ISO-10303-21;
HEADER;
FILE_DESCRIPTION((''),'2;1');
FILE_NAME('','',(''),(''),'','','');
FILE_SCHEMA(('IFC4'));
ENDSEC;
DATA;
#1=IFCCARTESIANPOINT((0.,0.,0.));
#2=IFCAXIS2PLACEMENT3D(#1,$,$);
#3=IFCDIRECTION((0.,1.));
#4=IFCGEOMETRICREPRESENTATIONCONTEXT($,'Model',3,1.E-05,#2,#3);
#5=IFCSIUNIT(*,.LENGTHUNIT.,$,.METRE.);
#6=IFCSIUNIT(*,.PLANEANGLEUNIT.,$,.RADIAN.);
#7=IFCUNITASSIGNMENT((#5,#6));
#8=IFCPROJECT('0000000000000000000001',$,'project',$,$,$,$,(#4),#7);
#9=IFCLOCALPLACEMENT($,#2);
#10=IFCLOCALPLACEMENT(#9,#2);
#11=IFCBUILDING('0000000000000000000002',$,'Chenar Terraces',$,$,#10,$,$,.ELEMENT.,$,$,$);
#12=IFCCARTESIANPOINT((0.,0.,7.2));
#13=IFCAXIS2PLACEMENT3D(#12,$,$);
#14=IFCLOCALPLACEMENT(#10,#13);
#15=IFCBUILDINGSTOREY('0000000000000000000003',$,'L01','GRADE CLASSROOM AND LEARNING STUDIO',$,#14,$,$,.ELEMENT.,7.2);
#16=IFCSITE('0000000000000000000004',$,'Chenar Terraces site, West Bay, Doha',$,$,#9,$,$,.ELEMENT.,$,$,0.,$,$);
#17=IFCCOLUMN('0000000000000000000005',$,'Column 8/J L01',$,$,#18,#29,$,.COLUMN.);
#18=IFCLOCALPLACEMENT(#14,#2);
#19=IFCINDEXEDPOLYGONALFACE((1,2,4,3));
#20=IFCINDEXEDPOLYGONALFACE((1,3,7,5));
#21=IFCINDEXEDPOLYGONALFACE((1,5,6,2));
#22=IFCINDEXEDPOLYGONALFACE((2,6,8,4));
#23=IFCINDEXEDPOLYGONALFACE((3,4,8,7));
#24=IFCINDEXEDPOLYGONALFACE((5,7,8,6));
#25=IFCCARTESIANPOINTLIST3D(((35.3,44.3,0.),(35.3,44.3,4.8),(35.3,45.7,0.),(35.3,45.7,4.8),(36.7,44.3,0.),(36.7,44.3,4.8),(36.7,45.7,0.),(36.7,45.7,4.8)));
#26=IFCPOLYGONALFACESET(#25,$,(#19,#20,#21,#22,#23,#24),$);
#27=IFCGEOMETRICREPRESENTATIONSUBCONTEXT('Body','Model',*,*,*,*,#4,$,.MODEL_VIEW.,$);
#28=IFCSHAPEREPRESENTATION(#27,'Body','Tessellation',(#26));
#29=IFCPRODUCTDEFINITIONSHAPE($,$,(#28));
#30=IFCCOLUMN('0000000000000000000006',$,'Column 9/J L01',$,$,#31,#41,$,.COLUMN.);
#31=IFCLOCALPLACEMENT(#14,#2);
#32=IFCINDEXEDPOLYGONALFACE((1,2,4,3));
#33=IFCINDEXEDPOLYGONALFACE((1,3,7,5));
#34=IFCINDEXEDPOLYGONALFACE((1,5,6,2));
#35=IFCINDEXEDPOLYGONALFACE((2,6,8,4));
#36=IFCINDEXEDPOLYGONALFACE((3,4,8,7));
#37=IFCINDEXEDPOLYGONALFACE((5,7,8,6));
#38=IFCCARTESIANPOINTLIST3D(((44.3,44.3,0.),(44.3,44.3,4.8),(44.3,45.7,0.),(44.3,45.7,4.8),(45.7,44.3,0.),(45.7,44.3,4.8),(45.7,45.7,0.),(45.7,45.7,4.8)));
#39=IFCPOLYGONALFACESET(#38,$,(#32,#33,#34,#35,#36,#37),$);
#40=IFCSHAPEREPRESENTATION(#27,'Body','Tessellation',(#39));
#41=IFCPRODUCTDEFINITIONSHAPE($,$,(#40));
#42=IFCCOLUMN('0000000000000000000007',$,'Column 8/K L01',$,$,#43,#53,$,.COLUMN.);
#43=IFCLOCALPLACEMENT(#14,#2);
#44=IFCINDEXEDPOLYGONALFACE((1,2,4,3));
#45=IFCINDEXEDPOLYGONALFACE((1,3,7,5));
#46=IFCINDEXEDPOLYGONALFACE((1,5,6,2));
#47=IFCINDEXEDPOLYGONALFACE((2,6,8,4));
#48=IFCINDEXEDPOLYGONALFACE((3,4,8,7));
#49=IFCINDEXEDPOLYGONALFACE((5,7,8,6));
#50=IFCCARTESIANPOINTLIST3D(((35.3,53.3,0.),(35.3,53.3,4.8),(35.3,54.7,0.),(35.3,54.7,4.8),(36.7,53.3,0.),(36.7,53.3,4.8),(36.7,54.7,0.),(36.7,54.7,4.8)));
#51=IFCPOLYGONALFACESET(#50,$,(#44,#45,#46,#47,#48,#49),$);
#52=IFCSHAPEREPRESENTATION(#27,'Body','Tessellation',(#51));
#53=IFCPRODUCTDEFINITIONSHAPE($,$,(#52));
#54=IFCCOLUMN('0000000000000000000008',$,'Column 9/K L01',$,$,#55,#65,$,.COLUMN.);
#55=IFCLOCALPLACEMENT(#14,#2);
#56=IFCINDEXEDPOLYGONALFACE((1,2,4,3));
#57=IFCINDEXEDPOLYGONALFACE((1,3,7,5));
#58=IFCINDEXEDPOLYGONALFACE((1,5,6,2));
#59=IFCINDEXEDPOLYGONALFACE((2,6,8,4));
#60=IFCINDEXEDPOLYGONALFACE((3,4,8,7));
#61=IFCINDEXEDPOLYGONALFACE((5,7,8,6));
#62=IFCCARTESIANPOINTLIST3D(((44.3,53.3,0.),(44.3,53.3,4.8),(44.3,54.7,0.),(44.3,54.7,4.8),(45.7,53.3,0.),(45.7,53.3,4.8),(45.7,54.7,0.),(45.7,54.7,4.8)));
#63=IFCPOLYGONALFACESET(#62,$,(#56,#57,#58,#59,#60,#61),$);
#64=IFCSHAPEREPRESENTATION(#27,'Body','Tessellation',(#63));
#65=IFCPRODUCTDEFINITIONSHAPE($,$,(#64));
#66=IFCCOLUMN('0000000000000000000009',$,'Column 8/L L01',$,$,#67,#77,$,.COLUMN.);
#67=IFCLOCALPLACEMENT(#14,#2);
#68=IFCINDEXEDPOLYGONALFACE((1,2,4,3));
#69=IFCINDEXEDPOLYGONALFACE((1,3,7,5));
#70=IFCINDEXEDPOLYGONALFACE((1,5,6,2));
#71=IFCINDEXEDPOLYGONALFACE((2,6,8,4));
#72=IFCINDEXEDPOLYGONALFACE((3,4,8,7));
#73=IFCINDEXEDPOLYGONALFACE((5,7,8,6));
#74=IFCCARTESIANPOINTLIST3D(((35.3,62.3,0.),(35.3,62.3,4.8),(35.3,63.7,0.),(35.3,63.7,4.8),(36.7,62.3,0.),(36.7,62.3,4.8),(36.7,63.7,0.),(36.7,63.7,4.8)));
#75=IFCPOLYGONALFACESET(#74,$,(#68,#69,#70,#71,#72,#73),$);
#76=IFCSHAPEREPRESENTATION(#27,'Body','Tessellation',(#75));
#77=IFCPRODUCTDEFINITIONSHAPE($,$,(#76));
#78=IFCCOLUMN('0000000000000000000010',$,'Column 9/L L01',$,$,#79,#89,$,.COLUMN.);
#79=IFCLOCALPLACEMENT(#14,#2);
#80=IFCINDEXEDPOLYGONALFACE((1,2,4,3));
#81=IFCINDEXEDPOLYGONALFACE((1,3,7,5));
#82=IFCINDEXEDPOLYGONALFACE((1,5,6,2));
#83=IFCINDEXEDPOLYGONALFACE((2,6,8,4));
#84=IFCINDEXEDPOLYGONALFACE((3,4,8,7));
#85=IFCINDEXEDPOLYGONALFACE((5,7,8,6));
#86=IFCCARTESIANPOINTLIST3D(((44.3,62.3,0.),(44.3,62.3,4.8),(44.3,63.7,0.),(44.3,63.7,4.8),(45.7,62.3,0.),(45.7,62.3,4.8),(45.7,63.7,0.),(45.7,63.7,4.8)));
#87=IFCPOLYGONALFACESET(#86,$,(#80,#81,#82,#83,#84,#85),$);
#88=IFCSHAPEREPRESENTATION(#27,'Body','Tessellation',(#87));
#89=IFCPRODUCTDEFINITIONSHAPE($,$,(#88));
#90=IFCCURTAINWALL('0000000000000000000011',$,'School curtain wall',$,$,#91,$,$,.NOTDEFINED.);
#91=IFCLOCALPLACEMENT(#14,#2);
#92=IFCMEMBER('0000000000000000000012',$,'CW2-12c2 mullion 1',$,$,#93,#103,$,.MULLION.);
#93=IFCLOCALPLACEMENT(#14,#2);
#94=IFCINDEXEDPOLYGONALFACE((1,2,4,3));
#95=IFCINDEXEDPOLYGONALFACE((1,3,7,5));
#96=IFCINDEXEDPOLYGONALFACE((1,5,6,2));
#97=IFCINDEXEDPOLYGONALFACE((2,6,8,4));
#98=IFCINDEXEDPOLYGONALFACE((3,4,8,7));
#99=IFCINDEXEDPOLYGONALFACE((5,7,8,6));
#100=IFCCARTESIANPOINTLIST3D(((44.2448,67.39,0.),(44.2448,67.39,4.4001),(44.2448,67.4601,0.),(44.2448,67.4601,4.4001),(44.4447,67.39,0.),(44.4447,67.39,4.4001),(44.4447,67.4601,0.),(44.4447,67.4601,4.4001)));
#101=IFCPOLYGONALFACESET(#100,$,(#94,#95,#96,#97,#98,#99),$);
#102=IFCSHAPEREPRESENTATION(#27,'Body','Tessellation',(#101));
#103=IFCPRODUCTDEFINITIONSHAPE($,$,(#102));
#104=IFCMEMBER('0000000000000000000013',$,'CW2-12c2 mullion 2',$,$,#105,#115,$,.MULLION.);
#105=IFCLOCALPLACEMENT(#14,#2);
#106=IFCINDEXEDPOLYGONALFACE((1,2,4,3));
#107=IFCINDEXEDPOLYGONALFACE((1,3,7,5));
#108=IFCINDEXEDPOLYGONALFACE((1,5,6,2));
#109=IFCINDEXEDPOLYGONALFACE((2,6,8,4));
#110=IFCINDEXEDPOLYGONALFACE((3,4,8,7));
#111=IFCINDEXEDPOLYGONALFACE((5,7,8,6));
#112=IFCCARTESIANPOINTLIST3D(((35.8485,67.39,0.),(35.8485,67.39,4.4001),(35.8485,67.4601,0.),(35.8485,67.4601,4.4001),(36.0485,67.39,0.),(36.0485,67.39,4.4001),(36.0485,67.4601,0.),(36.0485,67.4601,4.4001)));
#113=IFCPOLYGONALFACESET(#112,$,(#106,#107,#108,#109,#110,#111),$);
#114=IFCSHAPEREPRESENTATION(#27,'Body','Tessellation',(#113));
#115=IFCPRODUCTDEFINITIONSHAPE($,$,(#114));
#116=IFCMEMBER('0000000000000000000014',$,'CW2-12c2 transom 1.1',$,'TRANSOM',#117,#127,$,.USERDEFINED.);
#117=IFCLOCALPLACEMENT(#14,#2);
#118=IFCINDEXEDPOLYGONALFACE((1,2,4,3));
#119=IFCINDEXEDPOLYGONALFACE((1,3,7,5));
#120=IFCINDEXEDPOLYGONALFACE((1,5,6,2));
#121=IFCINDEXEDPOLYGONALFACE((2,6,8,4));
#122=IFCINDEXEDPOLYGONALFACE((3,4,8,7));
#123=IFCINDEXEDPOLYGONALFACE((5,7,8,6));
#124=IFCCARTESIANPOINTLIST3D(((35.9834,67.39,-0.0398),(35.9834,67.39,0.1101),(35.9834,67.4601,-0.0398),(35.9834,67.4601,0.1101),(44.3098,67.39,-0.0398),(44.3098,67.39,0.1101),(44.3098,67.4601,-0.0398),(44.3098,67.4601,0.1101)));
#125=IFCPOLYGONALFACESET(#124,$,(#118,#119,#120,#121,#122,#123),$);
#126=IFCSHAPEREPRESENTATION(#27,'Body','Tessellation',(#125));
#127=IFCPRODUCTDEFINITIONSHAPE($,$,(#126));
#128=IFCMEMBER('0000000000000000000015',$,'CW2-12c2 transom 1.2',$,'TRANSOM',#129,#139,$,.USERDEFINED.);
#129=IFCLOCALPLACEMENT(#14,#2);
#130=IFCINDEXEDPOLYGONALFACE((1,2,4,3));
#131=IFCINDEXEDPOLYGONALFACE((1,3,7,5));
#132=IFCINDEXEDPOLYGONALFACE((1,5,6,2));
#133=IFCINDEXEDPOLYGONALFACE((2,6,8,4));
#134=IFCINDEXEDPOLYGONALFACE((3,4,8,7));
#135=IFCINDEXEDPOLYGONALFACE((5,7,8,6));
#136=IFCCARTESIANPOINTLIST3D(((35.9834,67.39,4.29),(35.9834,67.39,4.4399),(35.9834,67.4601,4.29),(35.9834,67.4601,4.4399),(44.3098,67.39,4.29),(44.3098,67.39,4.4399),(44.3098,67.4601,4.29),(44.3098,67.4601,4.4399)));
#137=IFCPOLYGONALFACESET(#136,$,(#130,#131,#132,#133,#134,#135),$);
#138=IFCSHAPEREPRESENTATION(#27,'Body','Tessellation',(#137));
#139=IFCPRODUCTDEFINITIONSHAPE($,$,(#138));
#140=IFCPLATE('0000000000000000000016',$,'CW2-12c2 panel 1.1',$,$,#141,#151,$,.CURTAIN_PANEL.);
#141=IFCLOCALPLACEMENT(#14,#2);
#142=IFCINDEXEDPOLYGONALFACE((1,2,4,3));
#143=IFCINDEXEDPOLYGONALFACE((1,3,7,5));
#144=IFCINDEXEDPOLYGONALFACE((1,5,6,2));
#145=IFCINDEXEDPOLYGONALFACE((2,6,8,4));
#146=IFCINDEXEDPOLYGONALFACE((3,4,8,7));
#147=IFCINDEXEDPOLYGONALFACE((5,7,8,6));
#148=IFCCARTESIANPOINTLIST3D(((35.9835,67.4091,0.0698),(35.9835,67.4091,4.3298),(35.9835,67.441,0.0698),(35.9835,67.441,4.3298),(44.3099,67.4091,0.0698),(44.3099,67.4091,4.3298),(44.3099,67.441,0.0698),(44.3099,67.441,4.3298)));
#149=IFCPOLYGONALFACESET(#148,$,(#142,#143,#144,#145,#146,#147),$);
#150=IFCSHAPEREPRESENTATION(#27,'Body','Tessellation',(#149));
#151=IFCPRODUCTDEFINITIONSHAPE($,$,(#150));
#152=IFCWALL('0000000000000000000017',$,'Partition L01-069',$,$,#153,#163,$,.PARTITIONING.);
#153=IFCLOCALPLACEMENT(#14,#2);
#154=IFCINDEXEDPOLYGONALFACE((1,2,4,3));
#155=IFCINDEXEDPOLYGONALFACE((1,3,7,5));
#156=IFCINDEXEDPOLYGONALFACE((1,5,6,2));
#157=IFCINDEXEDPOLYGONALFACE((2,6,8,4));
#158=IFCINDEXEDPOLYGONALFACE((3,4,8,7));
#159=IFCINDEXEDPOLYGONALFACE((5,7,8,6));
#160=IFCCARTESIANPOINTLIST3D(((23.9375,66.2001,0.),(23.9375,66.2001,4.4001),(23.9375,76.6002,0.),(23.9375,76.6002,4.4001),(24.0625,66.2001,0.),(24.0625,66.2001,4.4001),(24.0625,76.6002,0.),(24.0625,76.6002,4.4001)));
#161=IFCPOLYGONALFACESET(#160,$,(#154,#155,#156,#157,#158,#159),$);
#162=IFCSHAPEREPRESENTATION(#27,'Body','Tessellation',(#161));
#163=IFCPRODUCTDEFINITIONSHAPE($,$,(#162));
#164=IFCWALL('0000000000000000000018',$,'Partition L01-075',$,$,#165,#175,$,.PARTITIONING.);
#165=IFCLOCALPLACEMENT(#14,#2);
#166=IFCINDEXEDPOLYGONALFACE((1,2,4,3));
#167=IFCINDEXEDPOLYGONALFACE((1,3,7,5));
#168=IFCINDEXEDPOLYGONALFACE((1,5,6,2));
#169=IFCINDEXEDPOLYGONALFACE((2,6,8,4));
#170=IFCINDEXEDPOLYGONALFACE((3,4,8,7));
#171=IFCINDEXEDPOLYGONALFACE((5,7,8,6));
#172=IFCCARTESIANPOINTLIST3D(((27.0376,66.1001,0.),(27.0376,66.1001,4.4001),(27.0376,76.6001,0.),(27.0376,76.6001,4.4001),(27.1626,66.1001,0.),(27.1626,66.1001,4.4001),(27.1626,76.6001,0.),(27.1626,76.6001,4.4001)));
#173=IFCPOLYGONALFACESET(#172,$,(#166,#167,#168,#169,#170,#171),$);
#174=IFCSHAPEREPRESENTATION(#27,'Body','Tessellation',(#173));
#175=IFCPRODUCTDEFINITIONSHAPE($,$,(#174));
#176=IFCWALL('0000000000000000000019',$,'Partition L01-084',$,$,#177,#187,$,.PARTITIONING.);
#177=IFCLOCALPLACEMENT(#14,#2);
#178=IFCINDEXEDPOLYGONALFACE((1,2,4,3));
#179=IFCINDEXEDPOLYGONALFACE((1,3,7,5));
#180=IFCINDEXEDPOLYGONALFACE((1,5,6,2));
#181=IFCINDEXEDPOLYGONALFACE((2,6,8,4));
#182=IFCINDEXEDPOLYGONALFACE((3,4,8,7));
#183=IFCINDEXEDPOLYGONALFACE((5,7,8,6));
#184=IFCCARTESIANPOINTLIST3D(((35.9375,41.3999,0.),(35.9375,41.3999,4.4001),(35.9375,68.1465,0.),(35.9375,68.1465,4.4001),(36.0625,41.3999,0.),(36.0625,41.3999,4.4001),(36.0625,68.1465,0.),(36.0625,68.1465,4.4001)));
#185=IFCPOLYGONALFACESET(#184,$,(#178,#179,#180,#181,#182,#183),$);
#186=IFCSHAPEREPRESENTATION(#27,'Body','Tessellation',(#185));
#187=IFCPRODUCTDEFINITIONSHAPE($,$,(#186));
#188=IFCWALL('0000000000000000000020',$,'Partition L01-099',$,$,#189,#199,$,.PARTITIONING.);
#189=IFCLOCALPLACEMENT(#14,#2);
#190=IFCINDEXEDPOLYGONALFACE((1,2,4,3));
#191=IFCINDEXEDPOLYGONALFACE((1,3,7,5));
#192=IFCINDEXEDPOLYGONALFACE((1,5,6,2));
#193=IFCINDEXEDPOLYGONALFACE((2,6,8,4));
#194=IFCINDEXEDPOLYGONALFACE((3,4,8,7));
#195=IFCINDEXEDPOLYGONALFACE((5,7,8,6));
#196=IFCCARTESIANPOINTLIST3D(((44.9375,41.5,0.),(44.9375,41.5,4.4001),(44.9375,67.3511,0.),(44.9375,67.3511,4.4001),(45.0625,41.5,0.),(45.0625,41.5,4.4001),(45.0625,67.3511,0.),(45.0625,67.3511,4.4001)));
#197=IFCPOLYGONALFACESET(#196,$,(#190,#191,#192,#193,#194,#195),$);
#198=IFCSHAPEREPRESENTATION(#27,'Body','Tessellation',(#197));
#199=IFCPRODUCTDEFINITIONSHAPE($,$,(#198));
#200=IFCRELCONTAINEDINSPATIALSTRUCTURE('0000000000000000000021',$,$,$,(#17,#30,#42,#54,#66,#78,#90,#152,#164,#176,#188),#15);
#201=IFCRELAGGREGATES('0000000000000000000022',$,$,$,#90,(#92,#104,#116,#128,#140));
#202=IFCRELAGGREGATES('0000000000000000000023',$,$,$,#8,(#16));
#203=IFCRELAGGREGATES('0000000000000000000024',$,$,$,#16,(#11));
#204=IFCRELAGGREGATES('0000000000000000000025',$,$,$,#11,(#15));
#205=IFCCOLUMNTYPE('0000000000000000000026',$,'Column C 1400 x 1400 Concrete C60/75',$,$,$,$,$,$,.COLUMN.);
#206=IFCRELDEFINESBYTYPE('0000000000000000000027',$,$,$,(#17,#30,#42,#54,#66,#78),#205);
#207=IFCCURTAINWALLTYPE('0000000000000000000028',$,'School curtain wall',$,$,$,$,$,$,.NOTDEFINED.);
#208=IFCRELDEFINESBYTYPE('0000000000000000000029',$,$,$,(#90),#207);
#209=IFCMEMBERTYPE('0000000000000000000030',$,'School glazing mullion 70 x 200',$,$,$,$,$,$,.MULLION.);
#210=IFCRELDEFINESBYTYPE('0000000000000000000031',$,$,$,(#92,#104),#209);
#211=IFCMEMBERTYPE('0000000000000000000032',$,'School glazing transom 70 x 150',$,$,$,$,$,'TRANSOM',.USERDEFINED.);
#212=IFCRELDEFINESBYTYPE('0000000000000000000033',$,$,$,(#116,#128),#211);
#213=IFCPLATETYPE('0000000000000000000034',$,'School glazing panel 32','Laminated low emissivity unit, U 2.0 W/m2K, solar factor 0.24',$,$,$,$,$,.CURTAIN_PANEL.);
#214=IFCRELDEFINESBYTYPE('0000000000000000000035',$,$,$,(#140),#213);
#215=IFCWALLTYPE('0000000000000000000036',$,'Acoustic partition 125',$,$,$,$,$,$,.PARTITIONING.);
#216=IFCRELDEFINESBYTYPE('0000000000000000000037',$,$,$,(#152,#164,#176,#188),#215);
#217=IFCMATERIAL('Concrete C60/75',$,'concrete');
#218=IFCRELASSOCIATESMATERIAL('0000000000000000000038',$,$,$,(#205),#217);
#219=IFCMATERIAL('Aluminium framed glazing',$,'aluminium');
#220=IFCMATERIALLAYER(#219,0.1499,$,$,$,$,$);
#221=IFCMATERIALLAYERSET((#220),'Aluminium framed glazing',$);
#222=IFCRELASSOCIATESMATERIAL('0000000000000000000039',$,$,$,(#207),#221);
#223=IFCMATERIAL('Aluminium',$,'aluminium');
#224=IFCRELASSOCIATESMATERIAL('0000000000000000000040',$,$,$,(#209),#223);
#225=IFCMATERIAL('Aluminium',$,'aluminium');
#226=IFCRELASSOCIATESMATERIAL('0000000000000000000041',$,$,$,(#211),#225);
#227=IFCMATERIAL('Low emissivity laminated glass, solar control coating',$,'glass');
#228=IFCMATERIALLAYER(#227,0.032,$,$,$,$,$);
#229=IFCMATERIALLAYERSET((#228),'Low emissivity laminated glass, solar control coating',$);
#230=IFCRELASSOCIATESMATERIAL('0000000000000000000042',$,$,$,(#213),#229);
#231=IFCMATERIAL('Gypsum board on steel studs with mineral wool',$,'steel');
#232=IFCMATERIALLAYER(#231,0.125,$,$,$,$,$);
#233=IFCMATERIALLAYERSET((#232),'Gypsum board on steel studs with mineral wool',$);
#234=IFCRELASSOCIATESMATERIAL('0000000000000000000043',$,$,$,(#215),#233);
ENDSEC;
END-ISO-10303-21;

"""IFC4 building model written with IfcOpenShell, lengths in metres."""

from ifc_helpers import new_model, si_unit, direction, frame, frame_2d, origin, origin_2d, place, context, subcontext, project, spatial, rectangle, extrude, material, layer, layer_set, material_profile, profile_set, type_object, element, aggregate, save


model = new_model("IFC4")

# Units and contexts
model_context = context("Model", 3, precision=1e-05, world=origin(), true_north=direction((0.0, 1.0)))
body_context = subcontext(model_context, "Body", "Model", "MODEL_VIEW")
ifc_project = project(units=[si_unit("LENGTHUNIT", "METRE"), si_unit("PLANEANGLEUNIT", "RADIAN")], contexts=[model_context])

# Site, building, storey
site_placement = place(None, origin())
site = spatial("IfcSite", under=ifc_project, at=site_placement, Name="Chenar Terraces site, West Bay, Doha", CompositionType="ELEMENT", RefElevation=0.0)
building_placement = place(site_placement, origin())
building = spatial("IfcBuilding", under=site, at=building_placement, Name="Chenar Terraces", CompositionType="ELEMENT")
storey_placement = place(building_placement, frame((0.0, 0.0, 7.2)))
storey = spatial("IfcBuildingStorey", under=building, at=storey_placement, Name="L01", Description="GRADE CLASSROOM AND LEARNING STUDIO", CompositionType="ELEMENT", Elevation=7.2)

# Columns
ifc_material_1 = material(Name="Concrete C60/75", Category="concrete")
ifc_material_profile_1 = material_profile(ifc_material_1, rectangle(XDim=1.3999, YDim=1.3999, at=origin_2d()), Name="C 1400 x 1400")
ifc_profile_set_1 = profile_set([ifc_material_profile_1], Name="Concrete C60/75")
column_type = type_object("IfcColumnType", Name="Column C 1400 x 1400 Concrete C60/75", PredefinedType="COLUMN", material=ifc_profile_set_1)
for number, where, z_axis, x_axis, name in (
    (1, (36.0, 45.0, 0.0), (0.0, 0.0, 1.0), (1.0, 0.0, 0.0), "Column 8/J L01"),
    (2, (45.0, 45.0, 0.0), (0.0, 0.0, 1.0), (1.0, 0.0, 0.0), "Column 9/J L01"),
    (3, (36.0, 54.0, 0.0), (0.0, 0.0, 1.0), (1.0, 0.0, 0.0), "Column 8/K L01"),
    (4, (45.0, 54.0, 0.0), (0.0, 0.0, 1.0), (1.0, 0.0, 0.0), "Column 9/K L01"),
    (5, (36.0, 63.0, 0.0), (0.0, 0.0, 1.0), (1.0, 0.0, 0.0), "Column 8/L L01"),
    (6, (45.0, 63.0, 0.0), (0.0, 0.0, 1.0), (1.0, 0.0, 0.0), "Column 9/L L01"),
):
    element("IfcColumn", number, at=place(storey_placement, frame(where, z_axis=z_axis, x_axis=x_axis)), inside=storey, type_object=column_type, Name=name, PredefinedType="COLUMN", context=body_context, shape_type="SweptSolid", body=[
        extrude(rectangle(XDim=1.3999, YDim=1.3999, at=origin_2d()), origin(), (0.0, 0.0, 1.0), 4.8),
    ])

# Curtain wall, members, plate
ifc_material_2 = material(Name="Aluminium framed glazing", Category="aluminium")
ifc_layer_1 = layer(ifc_material_2, 0.1499)
ifc_layer_set_1 = layer_set([ifc_layer_1], Name="Aluminium framed glazing")
curtain_wall_type = type_object("IfcCurtainWallType", Name="School curtain wall", PredefinedType="NOTDEFINED", material=ifc_layer_set_1)
curtain_wall_placement = place(storey_placement, origin())
curtain_wall = element("IfcCurtainWall", 7, at=curtain_wall_placement, inside=storey, type_object=curtain_wall_type, Name="School curtain wall", PredefinedType="NOTDEFINED")
ifc_material_3 = material(Name="Aluminium", Category="aluminium")
ifc_material_profile_2 = material_profile(ifc_material_3, rectangle(XDim=0.0701, YDim=0.2, at=origin_2d()), Name="School glazing mullion 70 x 200")
ifc_profile_set_2 = profile_set([ifc_material_profile_2], Name="Aluminium")
member_type_1 = type_object("IfcMemberType", Name="School glazing mullion 70 x 200", PredefinedType="MULLION", material=ifc_profile_set_2)
member_1_placement = place(storey_placement, frame((44.3447, 67.425, 0.0), z_axis=(0.0, 0.0, 1.0), x_axis=(0.0, -1.0, 0.0)))
member_1 = element("IfcMember", 8, at=member_1_placement, type_object=member_type_1, Name="CW2-12c2 mullion 1", PredefinedType="MULLION", context=body_context, shape_type="SweptSolid", body=[
    extrude(rectangle(XDim=0.0701, YDim=0.2, at=origin_2d()), origin(), (0.0, 0.0, 1.0), 4.4001),
])
member_2_placement = place(storey_placement, frame((35.9485, 67.425, 0.0), z_axis=(0.0, 0.0, 1.0), x_axis=(0.0, -1.0, 0.0)))
member_2 = element("IfcMember", 9, at=member_2_placement, type_object=member_type_1, Name="CW2-12c2 mullion 2", PredefinedType="MULLION", context=body_context, shape_type="SweptSolid", body=[
    extrude(rectangle(XDim=0.0701, YDim=0.2, at=origin_2d()), origin(), (0.0, 0.0, 1.0), 4.4001),
])
ifc_material_4 = material(Name="Aluminium", Category="aluminium")
ifc_material_profile_3 = material_profile(ifc_material_4, rectangle(XDim=0.0701, YDim=0.1499, at=origin_2d()), Name="School glazing transom 70 x 150")
ifc_profile_set_3 = profile_set([ifc_material_profile_3], Name="Aluminium")
member_type_2 = type_object("IfcMemberType", Name="School glazing transom 70 x 150", ElementType="TRANSOM", PredefinedType="USERDEFINED", material=ifc_profile_set_3)
member_3_placement = place(storey_placement, frame((44.3098, 67.425, 0.0352), z_axis=(-1.0, 0.0, 0.0), x_axis=(0.0, -1.0, 0.0)))
member_3 = element("IfcMember", 10, at=member_3_placement, type_object=member_type_2, Name="CW2-12c2 transom 1.1", ObjectType="TRANSOM", PredefinedType="USERDEFINED", context=body_context, shape_type="SweptSolid", body=[
    extrude(rectangle(XDim=0.0701, YDim=0.1499, at=origin_2d()), origin(), (0.0, 0.0, 1.0), 8.3264),
])
member_4_placement = place(storey_placement, frame((44.3098, 67.425, 4.365), z_axis=(-1.0, 0.0, 0.0), x_axis=(0.0, -1.0, 0.0)))
member_4 = element("IfcMember", 11, at=member_4_placement, type_object=member_type_2, Name="CW2-12c2 transom 1.2", ObjectType="TRANSOM", PredefinedType="USERDEFINED", context=body_context, shape_type="SweptSolid", body=[
    extrude(rectangle(XDim=0.0701, YDim=0.1499, at=origin_2d()), origin(), (0.0, 0.0, 1.0), 8.3264),
])
ifc_material_5 = material(Name="Low emissivity laminated glass, solar control coating", Category="glass")
ifc_layer_2 = layer(ifc_material_5, 0.032)
ifc_layer_set_2 = layer_set([ifc_layer_2], Name="Low emissivity laminated glass, solar control coating")
plate_type = type_object("IfcPlateType", Name="School glazing panel 32", Description="Laminated low emissivity unit, U 2.0 W/m2K, solar factor 0.24", PredefinedType="CURTAIN_PANEL", material=ifc_layer_set_2)
plate_placement = place(storey_placement, frame((40.1467, 67.425, 0.0698), z_axis=(0.0, 0.0, 1.0), x_axis=(-1.0, 0.0, 0.0)))
plate = element("IfcPlate", 12, at=plate_placement, type_object=plate_type, Name="CW2-12c2 panel 1.1", PredefinedType="CURTAIN_PANEL", context=body_context, shape_type="SweptSolid", body=[
    extrude(rectangle(XDim=8.3264, YDim=0.032, at=origin_2d()), origin(), (0.0, 0.0, 1.0), 4.26),
])
aggregate(curtain_wall, [member_1, member_2, member_3, member_4, plate])

# Walls
ifc_material_6 = material(Name="Gypsum board on steel studs with mineral wool", Category="steel")
ifc_layer_3 = layer(ifc_material_6, 0.125)
ifc_layer_set_3 = layer_set([ifc_layer_3], Name="Gypsum board on steel studs with mineral wool")
wall_type_1 = type_object("IfcWallType", Name="Acoustic partition 125", PredefinedType="PARTITIONING", material=ifc_layer_set_3)
wall_1_placement = place(storey_placement, frame((24.0, 66.2, 0.0), z_axis=(0.0, 0.0, 1.0), x_axis=(0.0, 1.0, 0.0)))
element("IfcWall", 13, at=wall_1_placement, inside=storey, type_object=wall_type_1, Name="Partition L01-069", PredefinedType="PARTITIONING", context=body_context, shape_type="SweptSolid", body=[
    extrude(rectangle(XDim=10.4001, YDim=0.125, at=frame_2d((5.2002, 0.0))), origin(), (0.0, 0.0, 1.0), 4.4001),
])
wall_2_placement = place(storey_placement, frame((27.1001, 66.1001, 0.0), z_axis=(0.0, 0.0, 1.0), x_axis=(0.0, 1.0, 0.0)))
element("IfcWall", 14, at=wall_2_placement, inside=storey, type_object=wall_type_1, Name="Partition L01-075", PredefinedType="PARTITIONING", context=body_context, shape_type="SweptSolid", body=[
    extrude(rectangle(XDim=10.5, YDim=0.125, at=frame_2d((5.25, 0.0))), origin(), (0.0, 0.0, 1.0), 4.4001),
])
wall_3_placement = place(storey_placement, frame((36.0, 41.3999, 0.0), z_axis=(0.0, 0.0, 1.0), x_axis=(0.0, 1.0, 0.0)))
element("IfcWall", 15, at=wall_3_placement, inside=storey, type_object=wall_type_1, Name="Partition L01-084", PredefinedType="PARTITIONING", context=body_context, shape_type="SweptSolid", body=[
    extrude(rectangle(XDim=26.7466, YDim=0.125, at=frame_2d((13.3733, 0.0))), origin(), (0.0, 0.0, 1.0), 4.4001),
])
wall_4_placement = place(storey_placement, frame((45.0, 41.5, 0.0), z_axis=(0.0, 0.0, 1.0), x_axis=(0.0, 1.0, 0.0)))
element("IfcWall", 16, at=wall_4_placement, inside=storey, type_object=wall_type_1, Name="Partition L01-099", PredefinedType="PARTITIONING", context=body_context, shape_type="SweptSolid", body=[
    extrude(rectangle(XDim=25.8511, YDim=0.125, at=frame_2d((12.9255, 0.0))), origin(), (0.0, 0.0, 1.0), 4.4001),
])

save(model, "model.ifc")
